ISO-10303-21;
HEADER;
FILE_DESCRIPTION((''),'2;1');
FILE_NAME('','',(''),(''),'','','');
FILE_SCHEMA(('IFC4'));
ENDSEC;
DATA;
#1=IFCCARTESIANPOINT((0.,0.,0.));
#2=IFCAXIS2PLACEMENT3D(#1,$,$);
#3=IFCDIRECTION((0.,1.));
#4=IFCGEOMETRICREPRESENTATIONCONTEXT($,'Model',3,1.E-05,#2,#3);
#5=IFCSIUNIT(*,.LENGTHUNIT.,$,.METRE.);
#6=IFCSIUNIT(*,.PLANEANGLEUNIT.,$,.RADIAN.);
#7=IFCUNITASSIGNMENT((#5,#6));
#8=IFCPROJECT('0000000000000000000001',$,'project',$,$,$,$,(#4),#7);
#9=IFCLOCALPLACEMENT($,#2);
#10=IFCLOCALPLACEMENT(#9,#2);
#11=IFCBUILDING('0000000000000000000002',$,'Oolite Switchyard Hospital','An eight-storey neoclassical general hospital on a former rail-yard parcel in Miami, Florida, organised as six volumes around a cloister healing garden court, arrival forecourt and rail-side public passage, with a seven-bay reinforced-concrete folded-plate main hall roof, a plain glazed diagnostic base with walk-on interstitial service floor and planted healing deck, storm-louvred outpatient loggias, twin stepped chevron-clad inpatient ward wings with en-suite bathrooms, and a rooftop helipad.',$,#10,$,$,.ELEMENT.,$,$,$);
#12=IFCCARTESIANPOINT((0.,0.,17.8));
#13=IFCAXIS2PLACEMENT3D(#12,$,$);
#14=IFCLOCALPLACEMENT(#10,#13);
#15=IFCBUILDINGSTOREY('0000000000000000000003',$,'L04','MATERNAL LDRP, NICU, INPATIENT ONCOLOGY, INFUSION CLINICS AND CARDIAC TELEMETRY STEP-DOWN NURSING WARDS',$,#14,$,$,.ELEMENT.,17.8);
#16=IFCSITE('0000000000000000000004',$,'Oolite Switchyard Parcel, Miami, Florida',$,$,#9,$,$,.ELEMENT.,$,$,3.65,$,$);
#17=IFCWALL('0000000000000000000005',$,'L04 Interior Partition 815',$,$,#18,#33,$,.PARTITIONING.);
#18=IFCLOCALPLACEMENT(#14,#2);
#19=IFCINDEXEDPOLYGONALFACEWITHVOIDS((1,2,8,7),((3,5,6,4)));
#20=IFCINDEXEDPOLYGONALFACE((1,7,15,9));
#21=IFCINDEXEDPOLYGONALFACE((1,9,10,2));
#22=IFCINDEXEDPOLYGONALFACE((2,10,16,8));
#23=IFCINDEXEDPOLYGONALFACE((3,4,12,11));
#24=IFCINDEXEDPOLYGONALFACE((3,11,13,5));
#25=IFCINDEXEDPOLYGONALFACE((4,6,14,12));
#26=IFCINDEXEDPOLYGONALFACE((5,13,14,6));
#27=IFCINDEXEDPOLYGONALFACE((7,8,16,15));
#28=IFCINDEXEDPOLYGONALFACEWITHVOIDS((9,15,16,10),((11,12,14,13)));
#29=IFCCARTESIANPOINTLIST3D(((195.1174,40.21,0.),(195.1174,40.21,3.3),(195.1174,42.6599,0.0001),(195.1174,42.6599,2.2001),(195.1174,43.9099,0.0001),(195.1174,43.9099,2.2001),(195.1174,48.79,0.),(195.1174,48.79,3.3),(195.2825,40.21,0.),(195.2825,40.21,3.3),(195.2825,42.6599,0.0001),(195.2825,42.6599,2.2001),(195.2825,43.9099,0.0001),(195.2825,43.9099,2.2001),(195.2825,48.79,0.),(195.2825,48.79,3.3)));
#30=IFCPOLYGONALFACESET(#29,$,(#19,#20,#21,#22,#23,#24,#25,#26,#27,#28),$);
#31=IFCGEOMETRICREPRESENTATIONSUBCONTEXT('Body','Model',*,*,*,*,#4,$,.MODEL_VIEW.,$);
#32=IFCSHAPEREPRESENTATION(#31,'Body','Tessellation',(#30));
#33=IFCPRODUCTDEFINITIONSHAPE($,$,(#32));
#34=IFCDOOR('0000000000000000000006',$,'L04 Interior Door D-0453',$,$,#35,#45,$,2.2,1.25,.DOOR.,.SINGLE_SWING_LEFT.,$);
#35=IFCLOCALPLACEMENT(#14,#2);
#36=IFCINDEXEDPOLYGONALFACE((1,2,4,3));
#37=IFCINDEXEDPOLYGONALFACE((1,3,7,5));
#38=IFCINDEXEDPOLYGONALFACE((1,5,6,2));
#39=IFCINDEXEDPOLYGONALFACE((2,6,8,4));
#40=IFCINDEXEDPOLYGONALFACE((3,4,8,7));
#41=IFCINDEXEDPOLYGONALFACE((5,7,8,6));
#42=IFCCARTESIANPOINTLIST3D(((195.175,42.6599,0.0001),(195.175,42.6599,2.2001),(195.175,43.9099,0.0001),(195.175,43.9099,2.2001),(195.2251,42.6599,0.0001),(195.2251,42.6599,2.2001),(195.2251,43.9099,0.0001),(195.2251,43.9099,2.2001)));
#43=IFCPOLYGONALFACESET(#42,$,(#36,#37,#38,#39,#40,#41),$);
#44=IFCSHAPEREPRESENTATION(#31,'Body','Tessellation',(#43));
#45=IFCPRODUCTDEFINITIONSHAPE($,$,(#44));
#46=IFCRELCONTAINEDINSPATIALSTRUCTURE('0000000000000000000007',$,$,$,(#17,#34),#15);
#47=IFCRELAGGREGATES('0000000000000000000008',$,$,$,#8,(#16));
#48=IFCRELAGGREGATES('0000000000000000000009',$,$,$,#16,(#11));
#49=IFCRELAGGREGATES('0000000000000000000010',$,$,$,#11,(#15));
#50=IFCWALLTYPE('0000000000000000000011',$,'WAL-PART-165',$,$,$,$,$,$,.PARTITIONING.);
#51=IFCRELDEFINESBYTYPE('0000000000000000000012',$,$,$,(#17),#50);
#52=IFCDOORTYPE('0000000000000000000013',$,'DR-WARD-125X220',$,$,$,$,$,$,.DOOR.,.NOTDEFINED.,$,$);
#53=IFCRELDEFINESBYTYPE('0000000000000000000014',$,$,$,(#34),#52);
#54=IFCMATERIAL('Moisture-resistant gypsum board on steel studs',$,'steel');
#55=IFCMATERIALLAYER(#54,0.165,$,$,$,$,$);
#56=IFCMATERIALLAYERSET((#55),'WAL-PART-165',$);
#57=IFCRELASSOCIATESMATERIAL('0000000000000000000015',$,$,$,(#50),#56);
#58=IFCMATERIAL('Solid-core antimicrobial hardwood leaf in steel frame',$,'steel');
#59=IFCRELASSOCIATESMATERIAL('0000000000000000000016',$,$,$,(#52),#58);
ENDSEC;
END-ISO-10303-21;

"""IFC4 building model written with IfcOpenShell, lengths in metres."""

from ifc_helpers import new_model, si_unit, direction, frame, frame_2d, origin, place, context, subcontext, project, spatial, rectangle, extrude, material, layer, layer_set, type_object, element, fill, save


model = new_model("IFC4")

# Units and contexts
model_context = context("Model", 3, precision=1e-05, world=origin(), true_north=direction((0.0, 1.0)))
body_context = subcontext(model_context, "Body", "Model", "MODEL_VIEW")
ifc_project = project(units=[si_unit("LENGTHUNIT", "METRE"), si_unit("PLANEANGLEUNIT", "RADIAN")], contexts=[model_context])

# Site, building, storey
site_placement = place(None, origin())
site = spatial("IfcSite", under=ifc_project, at=site_placement, Name="Oolite Switchyard Parcel, Miami, Florida", CompositionType="ELEMENT", RefElevation=3.65)
building_placement = place(site_placement, origin())
building = spatial("IfcBuilding", under=site, at=building_placement, Name="Oolite Switchyard Hospital", Description="An eight-storey neoclassical general hospital on a former rail-yard parcel in Miami, Florida, organised as six volumes around a cloister healing garden court, arrival forecourt and rail-side public passage, with a seven-bay reinforced-concrete folded-plate main hall roof, a plain glazed diagnostic base with walk-on interstitial service floor and planted healing deck, storm-louvred outpatient loggias, twin stepped chevron-clad inpatient ward wings with en-suite bathrooms, and a rooftop helipad.", CompositionType="ELEMENT")
storey_placement = place(building_placement, frame((0.0, 0.0, 17.8)))
storey = spatial("IfcBuildingStorey", under=building, at=storey_placement, Name="L04", Description="MATERNAL LDRP, NICU, INPATIENT ONCOLOGY, INFUSION CLINICS AND CARDIAC TELEMETRY STEP-DOWN NURSING WARDS", CompositionType="ELEMENT", Elevation=17.8)

# Shared definitions
ifc_material_1 = material(Name="Moisture-resistant gypsum board on steel studs", Category="steel")

# Shared definitions
ifc_material_2 = material(Name="Solid-core antimicrobial hardwood leaf in steel frame", Category="steel")

# Wall, opening, door
ifc_layer_1 = layer(ifc_material_1, 0.165)
ifc_layer_set_1 = layer_set([ifc_layer_1], Name="WAL-PART-165")
wall_type_1 = type_object("IfcWallType", Name="WAL-PART-165", PredefinedType="PARTITIONING", material=ifc_layer_set_1)
wall_1_placement = place(storey_placement, frame((195.2, 40.21, 0.0), z_axis=(0.0, 0.0, 1.0), x_axis=(0.0, 1.0, 0.0)))
wall_1 = element("IfcWall", 1, at=wall_1_placement, inside=storey, type_object=wall_type_1, Name="L04 Interior Partition 815", PredefinedType="PARTITIONING", context=body_context, shape_type="SweptSolid", body=[
    extrude(rectangle(XDim=8.5801, YDim=0.165, at=frame_2d((4.29, 0.0))), origin(), (0.0, 0.0, 1.0), 3.3),
])
opening_1_placement = place(wall_1_placement, frame((2.45, 0.0, 0.0)))
opening_1 = element("IfcOpeningElement", 2, at=opening_1_placement, cuts=wall_1, PredefinedType="OPENING", context=body_context, shape_type="SweptSolid", body=[
    extrude(rectangle(XDim=1.25, YDim=2.2, at=frame_2d((0.625, 1.1001))), frame((0.0, 0.0925, 0.0), z_axis=(0.0, -1.0, 0.0), x_axis=(1.0, 0.0, 0.0)), (0.0, 0.0, 1.0), 0.1851),
])
door_type_1 = type_object("IfcDoorType", Name="DR-WARD-125X220", OperationType="NOTDEFINED", PredefinedType="DOOR", material=ifc_material_2)
door_1_placement = place(opening_1_placement, origin())
door_1 = element("IfcDoor", 3, at=door_1_placement, inside=storey, type_object=door_type_1, Name="L04 Interior Door D-0453", OperationType="SINGLE_SWING_LEFT", OverallHeight=2.2, OverallWidth=1.25, PredefinedType="DOOR", context=body_context, shape_type="SweptSolid", body=[
    extrude(rectangle(XDim=1.25, YDim=2.2, at=frame_2d((0.625, 1.1001))), frame((0.0, 0.0249, 0.0), z_axis=(0.0, -1.0, 0.0), x_axis=(1.0, 0.0, 0.0)), (0.0, 0.0, 1.0), 0.05),
])
fill(opening_1, door_1)

save(model, "model.ifc")
